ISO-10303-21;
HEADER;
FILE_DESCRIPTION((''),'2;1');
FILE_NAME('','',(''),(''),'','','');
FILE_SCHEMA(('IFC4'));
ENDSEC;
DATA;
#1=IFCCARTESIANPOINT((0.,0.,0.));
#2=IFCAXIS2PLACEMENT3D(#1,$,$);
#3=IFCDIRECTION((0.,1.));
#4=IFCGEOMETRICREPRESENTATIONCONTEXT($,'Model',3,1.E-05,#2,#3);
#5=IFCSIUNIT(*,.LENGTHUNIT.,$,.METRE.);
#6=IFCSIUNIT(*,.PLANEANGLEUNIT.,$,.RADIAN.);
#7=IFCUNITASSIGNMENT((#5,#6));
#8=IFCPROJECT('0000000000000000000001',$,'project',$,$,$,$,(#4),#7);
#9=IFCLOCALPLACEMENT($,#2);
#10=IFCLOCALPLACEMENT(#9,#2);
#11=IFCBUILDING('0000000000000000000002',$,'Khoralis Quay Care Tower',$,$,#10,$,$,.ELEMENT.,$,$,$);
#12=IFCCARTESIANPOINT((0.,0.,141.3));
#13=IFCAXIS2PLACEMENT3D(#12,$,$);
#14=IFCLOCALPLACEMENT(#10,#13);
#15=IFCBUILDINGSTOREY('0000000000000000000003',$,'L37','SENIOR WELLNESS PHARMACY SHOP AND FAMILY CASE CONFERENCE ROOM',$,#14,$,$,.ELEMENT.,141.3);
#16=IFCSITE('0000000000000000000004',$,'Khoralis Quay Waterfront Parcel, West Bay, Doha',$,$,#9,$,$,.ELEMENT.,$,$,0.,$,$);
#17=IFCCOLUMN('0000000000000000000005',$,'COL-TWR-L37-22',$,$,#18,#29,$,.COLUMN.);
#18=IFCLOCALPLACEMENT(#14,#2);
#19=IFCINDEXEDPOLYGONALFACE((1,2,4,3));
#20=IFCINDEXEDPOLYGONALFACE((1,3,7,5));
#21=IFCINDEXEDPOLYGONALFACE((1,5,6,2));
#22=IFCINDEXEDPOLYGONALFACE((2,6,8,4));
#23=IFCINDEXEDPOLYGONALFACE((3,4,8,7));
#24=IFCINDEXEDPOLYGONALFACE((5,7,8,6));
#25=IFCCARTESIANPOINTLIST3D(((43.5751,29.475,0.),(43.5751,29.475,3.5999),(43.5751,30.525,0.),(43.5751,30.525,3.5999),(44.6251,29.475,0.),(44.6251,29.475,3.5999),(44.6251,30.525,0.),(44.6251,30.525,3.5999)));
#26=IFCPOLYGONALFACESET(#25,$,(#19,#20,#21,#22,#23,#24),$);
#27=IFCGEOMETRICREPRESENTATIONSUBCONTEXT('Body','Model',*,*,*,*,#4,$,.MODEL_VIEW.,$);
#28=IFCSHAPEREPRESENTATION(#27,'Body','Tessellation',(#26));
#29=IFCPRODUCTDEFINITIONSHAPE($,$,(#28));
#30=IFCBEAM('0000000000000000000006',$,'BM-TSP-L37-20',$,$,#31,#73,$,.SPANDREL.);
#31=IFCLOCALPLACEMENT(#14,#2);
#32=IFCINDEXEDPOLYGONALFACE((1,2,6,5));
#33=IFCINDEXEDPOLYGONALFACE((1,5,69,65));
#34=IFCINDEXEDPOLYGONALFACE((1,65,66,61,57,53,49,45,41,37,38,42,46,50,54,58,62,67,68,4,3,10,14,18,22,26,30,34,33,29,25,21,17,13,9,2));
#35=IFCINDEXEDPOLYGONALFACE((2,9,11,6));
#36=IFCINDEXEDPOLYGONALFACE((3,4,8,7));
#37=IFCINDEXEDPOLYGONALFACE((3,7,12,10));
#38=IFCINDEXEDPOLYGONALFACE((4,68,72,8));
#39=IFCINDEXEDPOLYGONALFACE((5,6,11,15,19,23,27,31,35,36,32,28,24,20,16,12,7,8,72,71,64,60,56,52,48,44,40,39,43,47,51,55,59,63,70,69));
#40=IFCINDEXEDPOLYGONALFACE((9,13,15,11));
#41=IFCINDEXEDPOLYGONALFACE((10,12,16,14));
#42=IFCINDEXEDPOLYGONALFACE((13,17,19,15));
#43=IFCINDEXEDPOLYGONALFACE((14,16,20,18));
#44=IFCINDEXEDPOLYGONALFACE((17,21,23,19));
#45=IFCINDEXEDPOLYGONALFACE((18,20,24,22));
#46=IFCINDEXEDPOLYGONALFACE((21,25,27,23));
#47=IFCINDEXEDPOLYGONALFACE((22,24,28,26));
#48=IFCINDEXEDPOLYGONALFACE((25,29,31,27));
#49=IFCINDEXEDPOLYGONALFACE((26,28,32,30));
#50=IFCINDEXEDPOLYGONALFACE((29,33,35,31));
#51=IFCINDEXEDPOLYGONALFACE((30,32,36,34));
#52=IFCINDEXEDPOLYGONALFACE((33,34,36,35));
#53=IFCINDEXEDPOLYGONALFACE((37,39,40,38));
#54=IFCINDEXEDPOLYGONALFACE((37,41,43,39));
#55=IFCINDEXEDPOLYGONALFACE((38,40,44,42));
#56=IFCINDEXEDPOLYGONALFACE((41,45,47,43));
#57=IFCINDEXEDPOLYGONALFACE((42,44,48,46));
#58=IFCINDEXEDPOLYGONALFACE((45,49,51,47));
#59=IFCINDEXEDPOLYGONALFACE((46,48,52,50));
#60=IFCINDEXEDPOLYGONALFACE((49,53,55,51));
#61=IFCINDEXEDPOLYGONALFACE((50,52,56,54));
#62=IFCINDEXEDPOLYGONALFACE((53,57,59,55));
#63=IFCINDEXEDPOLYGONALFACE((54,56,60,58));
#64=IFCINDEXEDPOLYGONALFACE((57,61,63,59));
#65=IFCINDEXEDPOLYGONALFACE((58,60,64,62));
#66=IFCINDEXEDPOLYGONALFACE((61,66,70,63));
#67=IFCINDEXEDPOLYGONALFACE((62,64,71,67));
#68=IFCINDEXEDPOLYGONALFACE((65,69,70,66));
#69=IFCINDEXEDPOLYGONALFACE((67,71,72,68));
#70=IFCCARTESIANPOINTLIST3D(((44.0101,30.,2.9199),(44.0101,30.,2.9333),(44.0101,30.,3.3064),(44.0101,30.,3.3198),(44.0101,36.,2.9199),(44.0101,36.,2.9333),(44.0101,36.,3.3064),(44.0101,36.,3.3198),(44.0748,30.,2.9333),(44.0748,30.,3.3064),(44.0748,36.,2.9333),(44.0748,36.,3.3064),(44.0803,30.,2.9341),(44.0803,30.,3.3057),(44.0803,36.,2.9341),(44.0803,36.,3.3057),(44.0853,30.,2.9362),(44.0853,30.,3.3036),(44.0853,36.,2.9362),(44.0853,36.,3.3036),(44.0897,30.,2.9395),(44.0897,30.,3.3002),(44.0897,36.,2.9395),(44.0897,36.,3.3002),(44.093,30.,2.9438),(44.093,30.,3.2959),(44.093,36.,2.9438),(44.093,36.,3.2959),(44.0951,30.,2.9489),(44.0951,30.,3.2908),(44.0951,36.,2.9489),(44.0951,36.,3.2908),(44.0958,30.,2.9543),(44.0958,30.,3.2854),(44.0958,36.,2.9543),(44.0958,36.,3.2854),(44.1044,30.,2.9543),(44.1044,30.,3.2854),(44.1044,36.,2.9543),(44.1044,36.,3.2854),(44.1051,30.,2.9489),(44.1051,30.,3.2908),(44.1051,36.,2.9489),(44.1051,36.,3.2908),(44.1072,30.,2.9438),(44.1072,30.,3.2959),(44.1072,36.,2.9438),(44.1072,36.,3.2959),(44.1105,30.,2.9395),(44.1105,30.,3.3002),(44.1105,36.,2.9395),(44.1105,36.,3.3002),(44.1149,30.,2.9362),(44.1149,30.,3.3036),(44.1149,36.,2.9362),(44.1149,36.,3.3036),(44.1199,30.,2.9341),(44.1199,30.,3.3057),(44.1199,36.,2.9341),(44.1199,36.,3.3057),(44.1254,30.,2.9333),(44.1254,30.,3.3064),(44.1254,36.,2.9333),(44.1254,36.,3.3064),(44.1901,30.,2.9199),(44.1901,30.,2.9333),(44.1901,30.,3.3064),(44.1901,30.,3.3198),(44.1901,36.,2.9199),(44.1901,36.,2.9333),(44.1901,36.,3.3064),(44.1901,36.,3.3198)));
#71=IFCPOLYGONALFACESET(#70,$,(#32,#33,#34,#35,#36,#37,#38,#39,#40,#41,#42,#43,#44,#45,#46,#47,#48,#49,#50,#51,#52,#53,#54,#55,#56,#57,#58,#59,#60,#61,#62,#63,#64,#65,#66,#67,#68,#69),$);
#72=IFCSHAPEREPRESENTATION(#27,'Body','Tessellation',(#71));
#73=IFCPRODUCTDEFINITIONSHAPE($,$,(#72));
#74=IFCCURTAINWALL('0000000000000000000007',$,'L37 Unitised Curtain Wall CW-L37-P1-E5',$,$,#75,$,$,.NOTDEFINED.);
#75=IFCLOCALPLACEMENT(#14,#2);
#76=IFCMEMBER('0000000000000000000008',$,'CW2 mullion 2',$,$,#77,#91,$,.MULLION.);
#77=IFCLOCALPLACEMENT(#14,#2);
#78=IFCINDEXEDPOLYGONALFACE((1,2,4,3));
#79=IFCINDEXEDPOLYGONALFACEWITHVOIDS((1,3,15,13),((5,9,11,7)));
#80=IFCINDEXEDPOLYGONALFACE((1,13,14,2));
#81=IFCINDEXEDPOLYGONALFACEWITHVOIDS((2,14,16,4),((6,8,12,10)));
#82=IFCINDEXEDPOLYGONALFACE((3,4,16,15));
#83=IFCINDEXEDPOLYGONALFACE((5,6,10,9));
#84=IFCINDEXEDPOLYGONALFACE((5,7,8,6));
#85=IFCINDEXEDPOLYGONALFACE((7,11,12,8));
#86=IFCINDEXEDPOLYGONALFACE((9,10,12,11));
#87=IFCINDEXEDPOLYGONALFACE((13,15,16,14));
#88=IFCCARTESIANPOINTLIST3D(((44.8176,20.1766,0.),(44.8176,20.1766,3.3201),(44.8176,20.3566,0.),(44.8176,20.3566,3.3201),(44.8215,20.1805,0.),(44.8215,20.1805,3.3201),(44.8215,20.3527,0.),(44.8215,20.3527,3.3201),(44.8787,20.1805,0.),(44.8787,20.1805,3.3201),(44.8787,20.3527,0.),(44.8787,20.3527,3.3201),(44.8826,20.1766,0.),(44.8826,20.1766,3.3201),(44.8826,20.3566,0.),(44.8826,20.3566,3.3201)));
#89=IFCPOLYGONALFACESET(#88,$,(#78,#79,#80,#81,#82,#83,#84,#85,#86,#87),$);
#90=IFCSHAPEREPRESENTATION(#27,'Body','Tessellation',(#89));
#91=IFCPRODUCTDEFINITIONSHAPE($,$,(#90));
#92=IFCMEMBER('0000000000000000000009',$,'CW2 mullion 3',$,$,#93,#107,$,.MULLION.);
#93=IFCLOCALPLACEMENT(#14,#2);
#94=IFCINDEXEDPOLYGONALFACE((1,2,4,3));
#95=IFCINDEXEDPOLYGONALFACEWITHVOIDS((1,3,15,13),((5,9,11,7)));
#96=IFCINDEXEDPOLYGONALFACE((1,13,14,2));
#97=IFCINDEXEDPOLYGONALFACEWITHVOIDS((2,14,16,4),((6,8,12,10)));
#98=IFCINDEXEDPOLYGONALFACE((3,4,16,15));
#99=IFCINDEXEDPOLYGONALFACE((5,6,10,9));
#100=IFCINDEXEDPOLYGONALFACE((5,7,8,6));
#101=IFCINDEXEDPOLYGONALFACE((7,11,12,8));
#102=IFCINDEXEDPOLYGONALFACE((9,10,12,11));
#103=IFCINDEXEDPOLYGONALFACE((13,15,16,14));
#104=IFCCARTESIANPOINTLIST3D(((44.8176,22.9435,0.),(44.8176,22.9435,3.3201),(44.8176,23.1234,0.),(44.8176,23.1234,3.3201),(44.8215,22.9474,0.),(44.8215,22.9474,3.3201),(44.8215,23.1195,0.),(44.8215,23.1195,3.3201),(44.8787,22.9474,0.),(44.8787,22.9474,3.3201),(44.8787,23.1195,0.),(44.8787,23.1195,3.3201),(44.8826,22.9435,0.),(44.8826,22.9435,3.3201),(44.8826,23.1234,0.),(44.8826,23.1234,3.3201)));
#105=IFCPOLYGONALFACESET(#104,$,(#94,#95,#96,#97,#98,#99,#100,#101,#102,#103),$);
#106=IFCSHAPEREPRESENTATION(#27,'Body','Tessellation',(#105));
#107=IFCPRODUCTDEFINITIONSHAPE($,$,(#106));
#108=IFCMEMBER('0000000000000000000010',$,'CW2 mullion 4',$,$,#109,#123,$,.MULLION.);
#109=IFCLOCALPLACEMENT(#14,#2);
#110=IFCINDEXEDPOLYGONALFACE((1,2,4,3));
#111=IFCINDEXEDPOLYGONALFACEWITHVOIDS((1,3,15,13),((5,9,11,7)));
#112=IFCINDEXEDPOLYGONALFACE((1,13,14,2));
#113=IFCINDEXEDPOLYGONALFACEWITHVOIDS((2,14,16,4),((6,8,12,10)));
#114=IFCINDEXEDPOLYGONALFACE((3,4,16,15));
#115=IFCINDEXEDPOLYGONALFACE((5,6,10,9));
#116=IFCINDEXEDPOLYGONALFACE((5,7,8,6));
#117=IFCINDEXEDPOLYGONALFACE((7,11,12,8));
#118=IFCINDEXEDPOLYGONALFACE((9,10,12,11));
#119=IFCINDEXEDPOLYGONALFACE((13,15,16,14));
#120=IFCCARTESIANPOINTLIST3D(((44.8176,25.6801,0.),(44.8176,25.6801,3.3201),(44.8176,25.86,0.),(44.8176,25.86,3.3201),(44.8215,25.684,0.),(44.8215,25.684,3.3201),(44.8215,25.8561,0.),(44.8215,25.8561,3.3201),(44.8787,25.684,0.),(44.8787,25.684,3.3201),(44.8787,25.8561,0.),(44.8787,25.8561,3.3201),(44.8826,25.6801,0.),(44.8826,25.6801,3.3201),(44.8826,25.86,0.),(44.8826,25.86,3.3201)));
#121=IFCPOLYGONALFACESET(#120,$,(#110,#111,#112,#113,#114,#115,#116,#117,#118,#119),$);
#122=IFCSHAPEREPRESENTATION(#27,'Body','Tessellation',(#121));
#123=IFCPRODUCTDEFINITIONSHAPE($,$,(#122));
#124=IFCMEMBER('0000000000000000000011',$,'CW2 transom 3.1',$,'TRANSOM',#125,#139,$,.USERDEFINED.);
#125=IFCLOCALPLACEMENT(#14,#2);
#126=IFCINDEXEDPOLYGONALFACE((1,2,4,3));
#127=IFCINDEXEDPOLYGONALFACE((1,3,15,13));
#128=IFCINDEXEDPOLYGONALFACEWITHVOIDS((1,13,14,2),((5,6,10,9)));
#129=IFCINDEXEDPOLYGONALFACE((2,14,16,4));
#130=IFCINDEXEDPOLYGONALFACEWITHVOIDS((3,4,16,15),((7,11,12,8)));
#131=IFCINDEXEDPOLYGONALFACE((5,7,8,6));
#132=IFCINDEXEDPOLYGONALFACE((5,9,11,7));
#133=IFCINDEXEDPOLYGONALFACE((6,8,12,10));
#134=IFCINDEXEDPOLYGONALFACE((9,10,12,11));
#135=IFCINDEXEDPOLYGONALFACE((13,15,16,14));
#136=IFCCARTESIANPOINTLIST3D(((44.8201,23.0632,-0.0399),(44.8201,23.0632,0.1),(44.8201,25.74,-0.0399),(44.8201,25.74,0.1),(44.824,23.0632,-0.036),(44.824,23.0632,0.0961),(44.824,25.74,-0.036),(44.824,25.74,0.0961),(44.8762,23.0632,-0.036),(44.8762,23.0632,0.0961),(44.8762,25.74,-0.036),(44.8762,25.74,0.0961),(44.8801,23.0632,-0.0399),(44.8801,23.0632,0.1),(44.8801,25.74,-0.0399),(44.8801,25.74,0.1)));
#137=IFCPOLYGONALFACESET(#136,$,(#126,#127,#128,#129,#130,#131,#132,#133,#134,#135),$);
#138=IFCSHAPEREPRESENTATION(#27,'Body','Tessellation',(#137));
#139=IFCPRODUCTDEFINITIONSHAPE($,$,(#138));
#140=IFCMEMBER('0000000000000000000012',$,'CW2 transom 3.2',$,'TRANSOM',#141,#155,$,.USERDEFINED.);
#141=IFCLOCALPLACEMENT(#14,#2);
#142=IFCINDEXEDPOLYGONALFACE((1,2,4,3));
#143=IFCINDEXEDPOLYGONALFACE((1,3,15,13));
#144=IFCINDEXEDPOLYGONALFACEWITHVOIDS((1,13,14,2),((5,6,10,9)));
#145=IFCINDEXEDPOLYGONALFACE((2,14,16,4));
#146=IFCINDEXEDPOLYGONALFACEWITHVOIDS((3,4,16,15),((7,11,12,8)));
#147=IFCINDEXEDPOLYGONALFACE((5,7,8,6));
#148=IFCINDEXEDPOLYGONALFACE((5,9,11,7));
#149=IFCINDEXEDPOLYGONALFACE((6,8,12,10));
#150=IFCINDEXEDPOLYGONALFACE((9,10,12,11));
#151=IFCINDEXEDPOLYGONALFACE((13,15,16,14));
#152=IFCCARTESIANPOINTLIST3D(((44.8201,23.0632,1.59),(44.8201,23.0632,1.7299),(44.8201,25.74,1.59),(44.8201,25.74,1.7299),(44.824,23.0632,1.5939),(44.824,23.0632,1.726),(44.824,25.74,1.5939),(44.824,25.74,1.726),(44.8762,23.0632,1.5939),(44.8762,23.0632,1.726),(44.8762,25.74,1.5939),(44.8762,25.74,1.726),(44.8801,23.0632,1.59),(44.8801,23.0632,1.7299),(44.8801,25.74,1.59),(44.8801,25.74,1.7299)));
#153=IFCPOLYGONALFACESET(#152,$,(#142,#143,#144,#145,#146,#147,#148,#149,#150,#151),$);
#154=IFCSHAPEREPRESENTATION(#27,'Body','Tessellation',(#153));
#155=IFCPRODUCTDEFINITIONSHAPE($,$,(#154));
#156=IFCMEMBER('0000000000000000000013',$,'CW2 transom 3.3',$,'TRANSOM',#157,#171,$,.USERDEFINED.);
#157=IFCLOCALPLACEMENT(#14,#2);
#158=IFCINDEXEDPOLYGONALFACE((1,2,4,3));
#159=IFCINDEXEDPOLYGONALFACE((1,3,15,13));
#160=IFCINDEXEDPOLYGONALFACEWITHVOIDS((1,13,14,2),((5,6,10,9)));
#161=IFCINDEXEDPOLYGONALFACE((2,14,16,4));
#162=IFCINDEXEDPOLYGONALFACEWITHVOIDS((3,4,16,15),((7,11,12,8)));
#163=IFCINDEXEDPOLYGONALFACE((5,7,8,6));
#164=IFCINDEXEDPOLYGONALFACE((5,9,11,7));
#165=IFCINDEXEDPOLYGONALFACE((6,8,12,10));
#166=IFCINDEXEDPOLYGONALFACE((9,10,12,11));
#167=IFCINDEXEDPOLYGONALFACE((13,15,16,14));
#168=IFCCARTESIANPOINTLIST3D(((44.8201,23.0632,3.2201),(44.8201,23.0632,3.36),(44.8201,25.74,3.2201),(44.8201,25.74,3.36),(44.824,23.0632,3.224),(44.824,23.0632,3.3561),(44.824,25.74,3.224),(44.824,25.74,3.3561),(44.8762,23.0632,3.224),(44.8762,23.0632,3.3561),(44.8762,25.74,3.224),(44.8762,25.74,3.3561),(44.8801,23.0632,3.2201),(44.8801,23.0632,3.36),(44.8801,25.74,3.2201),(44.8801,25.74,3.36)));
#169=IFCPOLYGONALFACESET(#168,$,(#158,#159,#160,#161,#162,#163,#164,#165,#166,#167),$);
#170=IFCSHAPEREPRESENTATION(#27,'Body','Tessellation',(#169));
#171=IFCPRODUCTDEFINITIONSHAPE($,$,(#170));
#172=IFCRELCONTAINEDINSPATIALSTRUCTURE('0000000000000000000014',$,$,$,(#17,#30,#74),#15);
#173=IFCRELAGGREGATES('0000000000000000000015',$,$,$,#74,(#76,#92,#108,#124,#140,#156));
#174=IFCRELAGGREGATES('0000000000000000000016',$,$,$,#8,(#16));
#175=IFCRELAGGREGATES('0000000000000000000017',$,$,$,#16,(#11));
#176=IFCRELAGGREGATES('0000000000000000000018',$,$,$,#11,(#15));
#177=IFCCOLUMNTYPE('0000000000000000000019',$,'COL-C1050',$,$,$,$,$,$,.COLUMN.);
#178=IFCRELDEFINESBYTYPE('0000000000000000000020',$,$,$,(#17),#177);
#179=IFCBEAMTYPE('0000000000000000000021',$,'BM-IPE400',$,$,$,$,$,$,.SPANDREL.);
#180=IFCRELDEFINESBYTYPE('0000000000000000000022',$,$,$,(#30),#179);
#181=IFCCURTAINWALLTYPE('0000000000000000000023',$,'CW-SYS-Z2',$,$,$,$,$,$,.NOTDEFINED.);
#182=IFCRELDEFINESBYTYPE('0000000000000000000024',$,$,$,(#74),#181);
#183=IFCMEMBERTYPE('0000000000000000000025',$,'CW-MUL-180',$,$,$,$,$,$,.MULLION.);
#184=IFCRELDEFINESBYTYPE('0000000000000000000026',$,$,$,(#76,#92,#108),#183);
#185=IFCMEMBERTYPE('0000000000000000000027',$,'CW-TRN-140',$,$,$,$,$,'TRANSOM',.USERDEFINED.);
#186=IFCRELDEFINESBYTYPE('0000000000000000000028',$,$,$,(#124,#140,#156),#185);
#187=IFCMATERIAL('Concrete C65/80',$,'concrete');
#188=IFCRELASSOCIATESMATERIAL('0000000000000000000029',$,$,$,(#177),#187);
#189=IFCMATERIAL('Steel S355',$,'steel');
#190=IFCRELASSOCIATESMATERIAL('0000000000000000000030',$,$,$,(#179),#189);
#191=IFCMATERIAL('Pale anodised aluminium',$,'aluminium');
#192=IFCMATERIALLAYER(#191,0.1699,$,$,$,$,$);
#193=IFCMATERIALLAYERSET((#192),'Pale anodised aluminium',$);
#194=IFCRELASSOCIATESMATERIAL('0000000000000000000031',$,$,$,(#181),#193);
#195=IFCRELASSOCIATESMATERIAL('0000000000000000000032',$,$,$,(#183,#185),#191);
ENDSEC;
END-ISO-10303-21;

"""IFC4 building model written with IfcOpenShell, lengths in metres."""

from ifc_helpers import new_model, si_unit, direction, frame, origin, origin_2d, place, context, subcontext, project, spatial, rectangle, hollow_rectangle, i_section, extrude, source, transform, mapped, material, layer, layer_set, material_profile, profile_set, type_object, element, aggregate, save


model = new_model("IFC4")

# Units and contexts
model_context = context("Model", 3, precision=1e-05, world=origin(), true_north=direction((0.0, 1.0)))
body_context = subcontext(model_context, "Body", "Model", "MODEL_VIEW")
ifc_project = project(units=[si_unit("LENGTHUNIT", "METRE"), si_unit("PLANEANGLEUNIT", "RADIAN")], contexts=[model_context])

# Site, building, storey
site_placement = place(None, origin())
site = spatial("IfcSite", under=ifc_project, at=site_placement, Name="Khoralis Quay Waterfront Parcel, West Bay, Doha", CompositionType="ELEMENT", RefElevation=0.0)
building_placement = place(site_placement, origin())
building = spatial("IfcBuilding", under=site, at=building_placement, Name="Khoralis Quay Care Tower", CompositionType="ELEMENT")
storey_placement = place(building_placement, frame((0.0, 0.0, 141.3)))
storey = spatial("IfcBuildingStorey", under=building, at=storey_placement, Name="L37", Description="SENIOR WELLNESS PHARMACY SHOP AND FAMILY CASE CONFERENCE ROOM", CompositionType="ELEMENT", Elevation=141.3)

# Column
ifc_material_1 = material(Name="Concrete C65/80", Category="concrete")
ifc_material_profile_1 = material_profile(ifc_material_1, rectangle(XDim=1.05, YDim=1.05, at=origin_2d()), Name="Concrete C65/80")
ifc_profile_set_1 = profile_set([ifc_material_profile_1], Name="Concrete C65/80")
column_type = type_object("IfcColumnType", Name="COL-C1050", PredefinedType="COLUMN", material=ifc_profile_set_1)
shared_shape_1 = source(origin(), body_context, "Body", "SweptSolid", [
    extrude(rectangle(XDim=1.05, YDim=1.05, at=origin_2d()), origin(), (0.0, 0.0, 1.0), 3.5999),
])
column_placement = place(storey_placement, frame((44.1001, 30.0, 0.0), z_axis=(0.0, 0.0, 1.0), x_axis=(1.0, 0.0, 0.0)))
element("IfcColumn", 1, at=column_placement, inside=storey, type_object=column_type, Name="COL-TWR-L37-22", PredefinedType="COLUMN", context=body_context, shape_type="MappedRepresentation", body=[
    mapped(shared_shape_1, transform((0.0, 0.0, 0.0), scale=1.0)),
])

# Beam
ifc_material_2 = material(Name="Steel S355", Category="steel")
ifc_material_profile_2 = material_profile(ifc_material_2, i_section(OverallWidth=0.1799, OverallDepth=0.3999, WebThickness=0.0085, FlangeThickness=0.0134, FilletRadius=0.021, at=origin_2d()), Name="Steel S355")
ifc_profile_set_2 = profile_set([ifc_material_profile_2], Name="Steel S355")
beam_type = type_object("IfcBeamType", Name="BM-IPE400", PredefinedType="SPANDREL", material=ifc_profile_set_2)
shared_shape_2 = source(origin(), body_context, "Body", "SweptSolid", [
    extrude(i_section(OverallWidth=0.1799, OverallDepth=0.3999, WebThickness=0.0085, FlangeThickness=0.0134, FilletRadius=0.021, at=origin_2d()), origin(), (0.0, 0.0, 1.0), 6.0),
])
beam_placement = place(storey_placement, frame((44.1001, 30.0, 3.1199), z_axis=(0.0, 1.0, 0.0), x_axis=(-1.0, 0.0, 0.0)))
element("IfcBeam", 2, at=beam_placement, inside=storey, type_object=beam_type, Name="BM-TSP-L37-20", PredefinedType="SPANDREL", context=body_context, shape_type="MappedRepresentation", body=[
    mapped(shared_shape_2, transform((0.0, 0.0, 0.0), scale=1.0)),
])

# Curtain wall, members
ifc_material_3 = material(Name="Pale anodised aluminium", Category="aluminium")
ifc_layer_1 = layer(ifc_material_3, 0.1699)
ifc_layer_set_1 = layer_set([ifc_layer_1], Name="Pale anodised aluminium")
curtain_wall_type = type_object("IfcCurtainWallType", Name="CW-SYS-Z2", PredefinedType="NOTDEFINED", material=ifc_layer_set_1)
curtain_wall_placement = place(storey_placement, origin())
curtain_wall = element("IfcCurtainWall", 3, at=curtain_wall_placement, inside=storey, type_object=curtain_wall_type, Name="L37 Unitised Curtain Wall CW-L37-P1-E5", PredefinedType="NOTDEFINED")
ifc_material_profile_3 = material_profile(ifc_material_3, hollow_rectangle(XDim=0.0649, YDim=0.1799, WallThickness=0.0039, at=origin_2d()), Name="Pale anodised aluminium")
ifc_profile_set_3 = profile_set([ifc_material_profile_3], Name="Pale anodised aluminium")
member_type_1 = type_object("IfcMemberType", Name="CW-MUL-180", PredefinedType="MULLION", material=ifc_profile_set_3)
shared_shape_3 = source(origin(), body_context, "Body", "SweptSolid", [
    extrude(hollow_rectangle(XDim=0.0649, YDim=0.1799, WallThickness=0.0039, at=origin_2d()), origin(), (0.0, 0.0, 1.0), 3.3201),
])
member_1_placement = place(storey_placement, frame((44.8501, 20.2666, 0.0), z_axis=(0.0, 0.0, 1.0), x_axis=(-1.0, 0.0, 0.0)))
member_1 = element("IfcMember", 4, at=member_1_placement, type_object=member_type_1, Name="CW2 mullion 2", PredefinedType="MULLION", context=body_context, shape_type="MappedRepresentation", body=[
    mapped(shared_shape_3, transform((0.0, 0.0, 0.0), scale=1.0)),
])
member_2_placement = place(storey_placement, frame((44.8501, 23.0334, 0.0), z_axis=(0.0, 0.0, 1.0), x_axis=(-1.0, 0.0, 0.0)))
member_2 = element("IfcMember", 5, at=member_2_placement, type_object=member_type_1, Name="CW2 mullion 3", PredefinedType="MULLION", context=body_context, shape_type="MappedRepresentation", body=[
    mapped(shared_shape_3, transform((0.0, 0.0, 0.0), scale=1.0)),
])
member_3_placement = place(storey_placement, frame((44.8501, 25.77, 0.0), z_axis=(0.0, 0.0, 1.0), x_axis=(-1.0, 0.0, 0.0)))
member_3 = element("IfcMember", 6, at=member_3_placement, type_object=member_type_1, Name="CW2 mullion 4", PredefinedType="MULLION", context=body_context, shape_type="MappedRepresentation", body=[
    mapped(shared_shape_3, transform((0.0, 0.0, 0.0), scale=1.0)),
])
ifc_material_profile_4 = material_profile(ifc_material_3, hollow_rectangle(XDim=0.0601, YDim=0.1399, WallThickness=0.0039, at=origin_2d()), Name="Pale anodised aluminium")
ifc_profile_set_4 = profile_set([ifc_material_profile_4], Name="Pale anodised aluminium")
member_type_2 = type_object("IfcMemberType", Name="CW-TRN-140", ElementType="TRANSOM", PredefinedType="USERDEFINED", material=ifc_profile_set_4)
shared_shape_4 = source(origin(), body_context, "Body", "SweptSolid", [
    extrude(hollow_rectangle(XDim=0.0601, YDim=0.1399, WallThickness=0.0039, at=origin_2d()), origin(), (0.0, 0.0, 1.0), 2.6768),
])
member_4_placement = place(storey_placement, frame((44.8501, 23.0632, 0.03), z_axis=(0.0, 1.0, 0.0), x_axis=(-1.0, 0.0, 0.0)))
member_4 = element("IfcMember", 7, at=member_4_placement, type_object=member_type_2, Name="CW2 transom 3.1", ObjectType="TRANSOM", PredefinedType="USERDEFINED", context=body_context, shape_type="MappedRepresentation", body=[
    mapped(shared_shape_4, transform((0.0, 0.0, 0.0), scale=1.0)),
])
member_5_placement = place(storey_placement, frame((44.8501, 23.0632, 1.6599), z_axis=(0.0, 1.0, 0.0), x_axis=(-1.0, 0.0, 0.0)))
member_5 = element("IfcMember", 8, at=member_5_placement, type_object=member_type_2, Name="CW2 transom 3.2", ObjectType="TRANSOM", PredefinedType="USERDEFINED", context=body_context, shape_type="MappedRepresentation", body=[
    mapped(shared_shape_4, transform((0.0, 0.0, 0.0), scale=1.0)),
])
member_6_placement = place(storey_placement, frame((44.8501, 23.0632, 3.29), z_axis=(0.0, 1.0, 0.0), x_axis=(-1.0, 0.0, 0.0)))
member_6 = element("IfcMember", 9, at=member_6_placement, type_object=member_type_2, Name="CW2 transom 3.3", ObjectType="TRANSOM", PredefinedType="USERDEFINED", context=body_context, shape_type="MappedRepresentation", body=[
    mapped(shared_shape_4, transform((0.0, 0.0, 0.0), scale=1.0)),
])
aggregate(curtain_wall, [member_1, member_2, member_3, member_4, member_5, member_6])

save(model, "model.ifc")
